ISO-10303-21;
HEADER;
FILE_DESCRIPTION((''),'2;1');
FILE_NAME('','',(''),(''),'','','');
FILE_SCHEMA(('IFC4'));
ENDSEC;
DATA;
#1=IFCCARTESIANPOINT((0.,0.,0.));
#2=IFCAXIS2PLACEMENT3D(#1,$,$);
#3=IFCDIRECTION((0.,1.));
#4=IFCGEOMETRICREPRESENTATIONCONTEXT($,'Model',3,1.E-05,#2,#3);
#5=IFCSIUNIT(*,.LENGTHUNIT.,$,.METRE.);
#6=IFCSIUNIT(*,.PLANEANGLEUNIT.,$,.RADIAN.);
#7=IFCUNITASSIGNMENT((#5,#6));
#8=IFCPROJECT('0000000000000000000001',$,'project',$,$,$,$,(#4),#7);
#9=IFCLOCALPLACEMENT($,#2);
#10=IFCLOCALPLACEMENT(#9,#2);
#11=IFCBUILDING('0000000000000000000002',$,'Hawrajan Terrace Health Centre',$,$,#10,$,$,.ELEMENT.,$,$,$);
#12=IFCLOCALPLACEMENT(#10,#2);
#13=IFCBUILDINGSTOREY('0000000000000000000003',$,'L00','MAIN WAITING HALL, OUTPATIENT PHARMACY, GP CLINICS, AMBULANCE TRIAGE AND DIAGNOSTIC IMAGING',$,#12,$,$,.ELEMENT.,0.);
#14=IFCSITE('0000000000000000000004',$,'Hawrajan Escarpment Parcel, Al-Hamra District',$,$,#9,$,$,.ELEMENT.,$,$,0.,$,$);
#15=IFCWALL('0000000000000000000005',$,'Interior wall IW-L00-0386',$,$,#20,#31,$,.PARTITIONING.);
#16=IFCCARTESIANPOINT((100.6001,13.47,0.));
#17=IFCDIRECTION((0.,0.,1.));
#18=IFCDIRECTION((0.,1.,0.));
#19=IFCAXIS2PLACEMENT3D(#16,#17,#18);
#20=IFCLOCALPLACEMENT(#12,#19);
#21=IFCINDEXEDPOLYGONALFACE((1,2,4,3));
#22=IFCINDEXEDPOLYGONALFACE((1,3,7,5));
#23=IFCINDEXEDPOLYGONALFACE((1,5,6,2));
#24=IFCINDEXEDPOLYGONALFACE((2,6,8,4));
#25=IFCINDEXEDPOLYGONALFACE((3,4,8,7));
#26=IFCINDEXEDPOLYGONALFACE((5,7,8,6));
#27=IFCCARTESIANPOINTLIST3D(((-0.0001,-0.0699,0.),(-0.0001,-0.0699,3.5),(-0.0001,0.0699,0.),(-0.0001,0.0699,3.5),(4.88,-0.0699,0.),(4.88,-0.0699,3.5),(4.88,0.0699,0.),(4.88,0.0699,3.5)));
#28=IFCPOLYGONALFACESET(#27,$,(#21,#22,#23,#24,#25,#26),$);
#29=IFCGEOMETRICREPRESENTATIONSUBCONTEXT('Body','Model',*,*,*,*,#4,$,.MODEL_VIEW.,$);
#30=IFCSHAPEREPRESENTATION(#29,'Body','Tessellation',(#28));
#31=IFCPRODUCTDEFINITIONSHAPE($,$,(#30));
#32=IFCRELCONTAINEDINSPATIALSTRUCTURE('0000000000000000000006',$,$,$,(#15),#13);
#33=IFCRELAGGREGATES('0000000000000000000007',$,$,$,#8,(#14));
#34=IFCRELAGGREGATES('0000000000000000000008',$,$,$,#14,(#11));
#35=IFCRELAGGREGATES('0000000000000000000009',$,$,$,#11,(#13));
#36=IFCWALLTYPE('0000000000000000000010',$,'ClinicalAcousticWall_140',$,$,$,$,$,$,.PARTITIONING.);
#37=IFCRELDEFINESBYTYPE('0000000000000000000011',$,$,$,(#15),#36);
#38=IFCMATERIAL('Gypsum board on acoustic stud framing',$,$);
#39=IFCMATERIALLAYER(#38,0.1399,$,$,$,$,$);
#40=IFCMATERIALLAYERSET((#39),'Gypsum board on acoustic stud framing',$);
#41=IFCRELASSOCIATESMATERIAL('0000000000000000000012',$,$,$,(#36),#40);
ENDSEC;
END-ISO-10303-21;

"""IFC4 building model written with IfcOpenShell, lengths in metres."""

from ifc_helpers import new_model, si_unit, direction, frame, frame_2d, origin, place, context, subcontext, project, spatial, rectangle, extrude, material, layer, layer_set, type_object, element, save


model = new_model("IFC4")

# Units and contexts
model_context = context("Model", 3, precision=1e-05, world=origin(), true_north=direction((0.0, 1.0)))
body_context = subcontext(model_context, "Body", "Model", "MODEL_VIEW")
ifc_project = project(units=[si_unit("LENGTHUNIT", "METRE"), si_unit("PLANEANGLEUNIT", "RADIAN")], contexts=[model_context])

# Site, building, storey
site_placement = place(None, origin())
site = spatial("IfcSite", under=ifc_project, at=site_placement, Name="Hawrajan Escarpment Parcel, Al-Hamra District", CompositionType="ELEMENT", RefElevation=0.0)
building_placement = place(site_placement, origin())
building = spatial("IfcBuilding", under=site, at=building_placement, Name="Hawrajan Terrace Health Centre", CompositionType="ELEMENT")
storey_placement = place(building_placement, origin())
storey = spatial("IfcBuildingStorey", under=building, at=storey_placement, Name="L00", Description="MAIN WAITING HALL, OUTPATIENT PHARMACY, GP CLINICS, AMBULANCE TRIAGE AND DIAGNOSTIC IMAGING", CompositionType="ELEMENT", Elevation=0.0)

# Shared definitions
ifc_material_1 = material(Name="Gypsum board on acoustic stud framing")
ifc_layer_1 = layer(ifc_material_1, 0.1399)
ifc_layer_set_1 = layer_set([ifc_layer_1], Name="Gypsum board on acoustic stud framing")
wall_type_1 = type_object("IfcWallType", Name="ClinicalAcousticWall_140", PredefinedType="PARTITIONING", material=ifc_layer_set_1)

# Wall
wall_1_placement = place(storey_placement, frame((100.6001, 13.47, 0.0), z_axis=(0.0, 0.0, 1.0), x_axis=(0.0, 1.0, 0.0)))
element("IfcWall", 1, at=wall_1_placement, inside=storey, type_object=wall_type_1, Name="Interior wall IW-L00-0386", PredefinedType="PARTITIONING", context=body_context, shape_type="SweptSolid", body=[
    extrude(rectangle(XDim=4.8801, YDim=0.1399, at=frame_2d((2.4399, 0.0))), origin(), (0.0, 0.0, 1.0), 3.5),
])

save(model, "model.ifc")
